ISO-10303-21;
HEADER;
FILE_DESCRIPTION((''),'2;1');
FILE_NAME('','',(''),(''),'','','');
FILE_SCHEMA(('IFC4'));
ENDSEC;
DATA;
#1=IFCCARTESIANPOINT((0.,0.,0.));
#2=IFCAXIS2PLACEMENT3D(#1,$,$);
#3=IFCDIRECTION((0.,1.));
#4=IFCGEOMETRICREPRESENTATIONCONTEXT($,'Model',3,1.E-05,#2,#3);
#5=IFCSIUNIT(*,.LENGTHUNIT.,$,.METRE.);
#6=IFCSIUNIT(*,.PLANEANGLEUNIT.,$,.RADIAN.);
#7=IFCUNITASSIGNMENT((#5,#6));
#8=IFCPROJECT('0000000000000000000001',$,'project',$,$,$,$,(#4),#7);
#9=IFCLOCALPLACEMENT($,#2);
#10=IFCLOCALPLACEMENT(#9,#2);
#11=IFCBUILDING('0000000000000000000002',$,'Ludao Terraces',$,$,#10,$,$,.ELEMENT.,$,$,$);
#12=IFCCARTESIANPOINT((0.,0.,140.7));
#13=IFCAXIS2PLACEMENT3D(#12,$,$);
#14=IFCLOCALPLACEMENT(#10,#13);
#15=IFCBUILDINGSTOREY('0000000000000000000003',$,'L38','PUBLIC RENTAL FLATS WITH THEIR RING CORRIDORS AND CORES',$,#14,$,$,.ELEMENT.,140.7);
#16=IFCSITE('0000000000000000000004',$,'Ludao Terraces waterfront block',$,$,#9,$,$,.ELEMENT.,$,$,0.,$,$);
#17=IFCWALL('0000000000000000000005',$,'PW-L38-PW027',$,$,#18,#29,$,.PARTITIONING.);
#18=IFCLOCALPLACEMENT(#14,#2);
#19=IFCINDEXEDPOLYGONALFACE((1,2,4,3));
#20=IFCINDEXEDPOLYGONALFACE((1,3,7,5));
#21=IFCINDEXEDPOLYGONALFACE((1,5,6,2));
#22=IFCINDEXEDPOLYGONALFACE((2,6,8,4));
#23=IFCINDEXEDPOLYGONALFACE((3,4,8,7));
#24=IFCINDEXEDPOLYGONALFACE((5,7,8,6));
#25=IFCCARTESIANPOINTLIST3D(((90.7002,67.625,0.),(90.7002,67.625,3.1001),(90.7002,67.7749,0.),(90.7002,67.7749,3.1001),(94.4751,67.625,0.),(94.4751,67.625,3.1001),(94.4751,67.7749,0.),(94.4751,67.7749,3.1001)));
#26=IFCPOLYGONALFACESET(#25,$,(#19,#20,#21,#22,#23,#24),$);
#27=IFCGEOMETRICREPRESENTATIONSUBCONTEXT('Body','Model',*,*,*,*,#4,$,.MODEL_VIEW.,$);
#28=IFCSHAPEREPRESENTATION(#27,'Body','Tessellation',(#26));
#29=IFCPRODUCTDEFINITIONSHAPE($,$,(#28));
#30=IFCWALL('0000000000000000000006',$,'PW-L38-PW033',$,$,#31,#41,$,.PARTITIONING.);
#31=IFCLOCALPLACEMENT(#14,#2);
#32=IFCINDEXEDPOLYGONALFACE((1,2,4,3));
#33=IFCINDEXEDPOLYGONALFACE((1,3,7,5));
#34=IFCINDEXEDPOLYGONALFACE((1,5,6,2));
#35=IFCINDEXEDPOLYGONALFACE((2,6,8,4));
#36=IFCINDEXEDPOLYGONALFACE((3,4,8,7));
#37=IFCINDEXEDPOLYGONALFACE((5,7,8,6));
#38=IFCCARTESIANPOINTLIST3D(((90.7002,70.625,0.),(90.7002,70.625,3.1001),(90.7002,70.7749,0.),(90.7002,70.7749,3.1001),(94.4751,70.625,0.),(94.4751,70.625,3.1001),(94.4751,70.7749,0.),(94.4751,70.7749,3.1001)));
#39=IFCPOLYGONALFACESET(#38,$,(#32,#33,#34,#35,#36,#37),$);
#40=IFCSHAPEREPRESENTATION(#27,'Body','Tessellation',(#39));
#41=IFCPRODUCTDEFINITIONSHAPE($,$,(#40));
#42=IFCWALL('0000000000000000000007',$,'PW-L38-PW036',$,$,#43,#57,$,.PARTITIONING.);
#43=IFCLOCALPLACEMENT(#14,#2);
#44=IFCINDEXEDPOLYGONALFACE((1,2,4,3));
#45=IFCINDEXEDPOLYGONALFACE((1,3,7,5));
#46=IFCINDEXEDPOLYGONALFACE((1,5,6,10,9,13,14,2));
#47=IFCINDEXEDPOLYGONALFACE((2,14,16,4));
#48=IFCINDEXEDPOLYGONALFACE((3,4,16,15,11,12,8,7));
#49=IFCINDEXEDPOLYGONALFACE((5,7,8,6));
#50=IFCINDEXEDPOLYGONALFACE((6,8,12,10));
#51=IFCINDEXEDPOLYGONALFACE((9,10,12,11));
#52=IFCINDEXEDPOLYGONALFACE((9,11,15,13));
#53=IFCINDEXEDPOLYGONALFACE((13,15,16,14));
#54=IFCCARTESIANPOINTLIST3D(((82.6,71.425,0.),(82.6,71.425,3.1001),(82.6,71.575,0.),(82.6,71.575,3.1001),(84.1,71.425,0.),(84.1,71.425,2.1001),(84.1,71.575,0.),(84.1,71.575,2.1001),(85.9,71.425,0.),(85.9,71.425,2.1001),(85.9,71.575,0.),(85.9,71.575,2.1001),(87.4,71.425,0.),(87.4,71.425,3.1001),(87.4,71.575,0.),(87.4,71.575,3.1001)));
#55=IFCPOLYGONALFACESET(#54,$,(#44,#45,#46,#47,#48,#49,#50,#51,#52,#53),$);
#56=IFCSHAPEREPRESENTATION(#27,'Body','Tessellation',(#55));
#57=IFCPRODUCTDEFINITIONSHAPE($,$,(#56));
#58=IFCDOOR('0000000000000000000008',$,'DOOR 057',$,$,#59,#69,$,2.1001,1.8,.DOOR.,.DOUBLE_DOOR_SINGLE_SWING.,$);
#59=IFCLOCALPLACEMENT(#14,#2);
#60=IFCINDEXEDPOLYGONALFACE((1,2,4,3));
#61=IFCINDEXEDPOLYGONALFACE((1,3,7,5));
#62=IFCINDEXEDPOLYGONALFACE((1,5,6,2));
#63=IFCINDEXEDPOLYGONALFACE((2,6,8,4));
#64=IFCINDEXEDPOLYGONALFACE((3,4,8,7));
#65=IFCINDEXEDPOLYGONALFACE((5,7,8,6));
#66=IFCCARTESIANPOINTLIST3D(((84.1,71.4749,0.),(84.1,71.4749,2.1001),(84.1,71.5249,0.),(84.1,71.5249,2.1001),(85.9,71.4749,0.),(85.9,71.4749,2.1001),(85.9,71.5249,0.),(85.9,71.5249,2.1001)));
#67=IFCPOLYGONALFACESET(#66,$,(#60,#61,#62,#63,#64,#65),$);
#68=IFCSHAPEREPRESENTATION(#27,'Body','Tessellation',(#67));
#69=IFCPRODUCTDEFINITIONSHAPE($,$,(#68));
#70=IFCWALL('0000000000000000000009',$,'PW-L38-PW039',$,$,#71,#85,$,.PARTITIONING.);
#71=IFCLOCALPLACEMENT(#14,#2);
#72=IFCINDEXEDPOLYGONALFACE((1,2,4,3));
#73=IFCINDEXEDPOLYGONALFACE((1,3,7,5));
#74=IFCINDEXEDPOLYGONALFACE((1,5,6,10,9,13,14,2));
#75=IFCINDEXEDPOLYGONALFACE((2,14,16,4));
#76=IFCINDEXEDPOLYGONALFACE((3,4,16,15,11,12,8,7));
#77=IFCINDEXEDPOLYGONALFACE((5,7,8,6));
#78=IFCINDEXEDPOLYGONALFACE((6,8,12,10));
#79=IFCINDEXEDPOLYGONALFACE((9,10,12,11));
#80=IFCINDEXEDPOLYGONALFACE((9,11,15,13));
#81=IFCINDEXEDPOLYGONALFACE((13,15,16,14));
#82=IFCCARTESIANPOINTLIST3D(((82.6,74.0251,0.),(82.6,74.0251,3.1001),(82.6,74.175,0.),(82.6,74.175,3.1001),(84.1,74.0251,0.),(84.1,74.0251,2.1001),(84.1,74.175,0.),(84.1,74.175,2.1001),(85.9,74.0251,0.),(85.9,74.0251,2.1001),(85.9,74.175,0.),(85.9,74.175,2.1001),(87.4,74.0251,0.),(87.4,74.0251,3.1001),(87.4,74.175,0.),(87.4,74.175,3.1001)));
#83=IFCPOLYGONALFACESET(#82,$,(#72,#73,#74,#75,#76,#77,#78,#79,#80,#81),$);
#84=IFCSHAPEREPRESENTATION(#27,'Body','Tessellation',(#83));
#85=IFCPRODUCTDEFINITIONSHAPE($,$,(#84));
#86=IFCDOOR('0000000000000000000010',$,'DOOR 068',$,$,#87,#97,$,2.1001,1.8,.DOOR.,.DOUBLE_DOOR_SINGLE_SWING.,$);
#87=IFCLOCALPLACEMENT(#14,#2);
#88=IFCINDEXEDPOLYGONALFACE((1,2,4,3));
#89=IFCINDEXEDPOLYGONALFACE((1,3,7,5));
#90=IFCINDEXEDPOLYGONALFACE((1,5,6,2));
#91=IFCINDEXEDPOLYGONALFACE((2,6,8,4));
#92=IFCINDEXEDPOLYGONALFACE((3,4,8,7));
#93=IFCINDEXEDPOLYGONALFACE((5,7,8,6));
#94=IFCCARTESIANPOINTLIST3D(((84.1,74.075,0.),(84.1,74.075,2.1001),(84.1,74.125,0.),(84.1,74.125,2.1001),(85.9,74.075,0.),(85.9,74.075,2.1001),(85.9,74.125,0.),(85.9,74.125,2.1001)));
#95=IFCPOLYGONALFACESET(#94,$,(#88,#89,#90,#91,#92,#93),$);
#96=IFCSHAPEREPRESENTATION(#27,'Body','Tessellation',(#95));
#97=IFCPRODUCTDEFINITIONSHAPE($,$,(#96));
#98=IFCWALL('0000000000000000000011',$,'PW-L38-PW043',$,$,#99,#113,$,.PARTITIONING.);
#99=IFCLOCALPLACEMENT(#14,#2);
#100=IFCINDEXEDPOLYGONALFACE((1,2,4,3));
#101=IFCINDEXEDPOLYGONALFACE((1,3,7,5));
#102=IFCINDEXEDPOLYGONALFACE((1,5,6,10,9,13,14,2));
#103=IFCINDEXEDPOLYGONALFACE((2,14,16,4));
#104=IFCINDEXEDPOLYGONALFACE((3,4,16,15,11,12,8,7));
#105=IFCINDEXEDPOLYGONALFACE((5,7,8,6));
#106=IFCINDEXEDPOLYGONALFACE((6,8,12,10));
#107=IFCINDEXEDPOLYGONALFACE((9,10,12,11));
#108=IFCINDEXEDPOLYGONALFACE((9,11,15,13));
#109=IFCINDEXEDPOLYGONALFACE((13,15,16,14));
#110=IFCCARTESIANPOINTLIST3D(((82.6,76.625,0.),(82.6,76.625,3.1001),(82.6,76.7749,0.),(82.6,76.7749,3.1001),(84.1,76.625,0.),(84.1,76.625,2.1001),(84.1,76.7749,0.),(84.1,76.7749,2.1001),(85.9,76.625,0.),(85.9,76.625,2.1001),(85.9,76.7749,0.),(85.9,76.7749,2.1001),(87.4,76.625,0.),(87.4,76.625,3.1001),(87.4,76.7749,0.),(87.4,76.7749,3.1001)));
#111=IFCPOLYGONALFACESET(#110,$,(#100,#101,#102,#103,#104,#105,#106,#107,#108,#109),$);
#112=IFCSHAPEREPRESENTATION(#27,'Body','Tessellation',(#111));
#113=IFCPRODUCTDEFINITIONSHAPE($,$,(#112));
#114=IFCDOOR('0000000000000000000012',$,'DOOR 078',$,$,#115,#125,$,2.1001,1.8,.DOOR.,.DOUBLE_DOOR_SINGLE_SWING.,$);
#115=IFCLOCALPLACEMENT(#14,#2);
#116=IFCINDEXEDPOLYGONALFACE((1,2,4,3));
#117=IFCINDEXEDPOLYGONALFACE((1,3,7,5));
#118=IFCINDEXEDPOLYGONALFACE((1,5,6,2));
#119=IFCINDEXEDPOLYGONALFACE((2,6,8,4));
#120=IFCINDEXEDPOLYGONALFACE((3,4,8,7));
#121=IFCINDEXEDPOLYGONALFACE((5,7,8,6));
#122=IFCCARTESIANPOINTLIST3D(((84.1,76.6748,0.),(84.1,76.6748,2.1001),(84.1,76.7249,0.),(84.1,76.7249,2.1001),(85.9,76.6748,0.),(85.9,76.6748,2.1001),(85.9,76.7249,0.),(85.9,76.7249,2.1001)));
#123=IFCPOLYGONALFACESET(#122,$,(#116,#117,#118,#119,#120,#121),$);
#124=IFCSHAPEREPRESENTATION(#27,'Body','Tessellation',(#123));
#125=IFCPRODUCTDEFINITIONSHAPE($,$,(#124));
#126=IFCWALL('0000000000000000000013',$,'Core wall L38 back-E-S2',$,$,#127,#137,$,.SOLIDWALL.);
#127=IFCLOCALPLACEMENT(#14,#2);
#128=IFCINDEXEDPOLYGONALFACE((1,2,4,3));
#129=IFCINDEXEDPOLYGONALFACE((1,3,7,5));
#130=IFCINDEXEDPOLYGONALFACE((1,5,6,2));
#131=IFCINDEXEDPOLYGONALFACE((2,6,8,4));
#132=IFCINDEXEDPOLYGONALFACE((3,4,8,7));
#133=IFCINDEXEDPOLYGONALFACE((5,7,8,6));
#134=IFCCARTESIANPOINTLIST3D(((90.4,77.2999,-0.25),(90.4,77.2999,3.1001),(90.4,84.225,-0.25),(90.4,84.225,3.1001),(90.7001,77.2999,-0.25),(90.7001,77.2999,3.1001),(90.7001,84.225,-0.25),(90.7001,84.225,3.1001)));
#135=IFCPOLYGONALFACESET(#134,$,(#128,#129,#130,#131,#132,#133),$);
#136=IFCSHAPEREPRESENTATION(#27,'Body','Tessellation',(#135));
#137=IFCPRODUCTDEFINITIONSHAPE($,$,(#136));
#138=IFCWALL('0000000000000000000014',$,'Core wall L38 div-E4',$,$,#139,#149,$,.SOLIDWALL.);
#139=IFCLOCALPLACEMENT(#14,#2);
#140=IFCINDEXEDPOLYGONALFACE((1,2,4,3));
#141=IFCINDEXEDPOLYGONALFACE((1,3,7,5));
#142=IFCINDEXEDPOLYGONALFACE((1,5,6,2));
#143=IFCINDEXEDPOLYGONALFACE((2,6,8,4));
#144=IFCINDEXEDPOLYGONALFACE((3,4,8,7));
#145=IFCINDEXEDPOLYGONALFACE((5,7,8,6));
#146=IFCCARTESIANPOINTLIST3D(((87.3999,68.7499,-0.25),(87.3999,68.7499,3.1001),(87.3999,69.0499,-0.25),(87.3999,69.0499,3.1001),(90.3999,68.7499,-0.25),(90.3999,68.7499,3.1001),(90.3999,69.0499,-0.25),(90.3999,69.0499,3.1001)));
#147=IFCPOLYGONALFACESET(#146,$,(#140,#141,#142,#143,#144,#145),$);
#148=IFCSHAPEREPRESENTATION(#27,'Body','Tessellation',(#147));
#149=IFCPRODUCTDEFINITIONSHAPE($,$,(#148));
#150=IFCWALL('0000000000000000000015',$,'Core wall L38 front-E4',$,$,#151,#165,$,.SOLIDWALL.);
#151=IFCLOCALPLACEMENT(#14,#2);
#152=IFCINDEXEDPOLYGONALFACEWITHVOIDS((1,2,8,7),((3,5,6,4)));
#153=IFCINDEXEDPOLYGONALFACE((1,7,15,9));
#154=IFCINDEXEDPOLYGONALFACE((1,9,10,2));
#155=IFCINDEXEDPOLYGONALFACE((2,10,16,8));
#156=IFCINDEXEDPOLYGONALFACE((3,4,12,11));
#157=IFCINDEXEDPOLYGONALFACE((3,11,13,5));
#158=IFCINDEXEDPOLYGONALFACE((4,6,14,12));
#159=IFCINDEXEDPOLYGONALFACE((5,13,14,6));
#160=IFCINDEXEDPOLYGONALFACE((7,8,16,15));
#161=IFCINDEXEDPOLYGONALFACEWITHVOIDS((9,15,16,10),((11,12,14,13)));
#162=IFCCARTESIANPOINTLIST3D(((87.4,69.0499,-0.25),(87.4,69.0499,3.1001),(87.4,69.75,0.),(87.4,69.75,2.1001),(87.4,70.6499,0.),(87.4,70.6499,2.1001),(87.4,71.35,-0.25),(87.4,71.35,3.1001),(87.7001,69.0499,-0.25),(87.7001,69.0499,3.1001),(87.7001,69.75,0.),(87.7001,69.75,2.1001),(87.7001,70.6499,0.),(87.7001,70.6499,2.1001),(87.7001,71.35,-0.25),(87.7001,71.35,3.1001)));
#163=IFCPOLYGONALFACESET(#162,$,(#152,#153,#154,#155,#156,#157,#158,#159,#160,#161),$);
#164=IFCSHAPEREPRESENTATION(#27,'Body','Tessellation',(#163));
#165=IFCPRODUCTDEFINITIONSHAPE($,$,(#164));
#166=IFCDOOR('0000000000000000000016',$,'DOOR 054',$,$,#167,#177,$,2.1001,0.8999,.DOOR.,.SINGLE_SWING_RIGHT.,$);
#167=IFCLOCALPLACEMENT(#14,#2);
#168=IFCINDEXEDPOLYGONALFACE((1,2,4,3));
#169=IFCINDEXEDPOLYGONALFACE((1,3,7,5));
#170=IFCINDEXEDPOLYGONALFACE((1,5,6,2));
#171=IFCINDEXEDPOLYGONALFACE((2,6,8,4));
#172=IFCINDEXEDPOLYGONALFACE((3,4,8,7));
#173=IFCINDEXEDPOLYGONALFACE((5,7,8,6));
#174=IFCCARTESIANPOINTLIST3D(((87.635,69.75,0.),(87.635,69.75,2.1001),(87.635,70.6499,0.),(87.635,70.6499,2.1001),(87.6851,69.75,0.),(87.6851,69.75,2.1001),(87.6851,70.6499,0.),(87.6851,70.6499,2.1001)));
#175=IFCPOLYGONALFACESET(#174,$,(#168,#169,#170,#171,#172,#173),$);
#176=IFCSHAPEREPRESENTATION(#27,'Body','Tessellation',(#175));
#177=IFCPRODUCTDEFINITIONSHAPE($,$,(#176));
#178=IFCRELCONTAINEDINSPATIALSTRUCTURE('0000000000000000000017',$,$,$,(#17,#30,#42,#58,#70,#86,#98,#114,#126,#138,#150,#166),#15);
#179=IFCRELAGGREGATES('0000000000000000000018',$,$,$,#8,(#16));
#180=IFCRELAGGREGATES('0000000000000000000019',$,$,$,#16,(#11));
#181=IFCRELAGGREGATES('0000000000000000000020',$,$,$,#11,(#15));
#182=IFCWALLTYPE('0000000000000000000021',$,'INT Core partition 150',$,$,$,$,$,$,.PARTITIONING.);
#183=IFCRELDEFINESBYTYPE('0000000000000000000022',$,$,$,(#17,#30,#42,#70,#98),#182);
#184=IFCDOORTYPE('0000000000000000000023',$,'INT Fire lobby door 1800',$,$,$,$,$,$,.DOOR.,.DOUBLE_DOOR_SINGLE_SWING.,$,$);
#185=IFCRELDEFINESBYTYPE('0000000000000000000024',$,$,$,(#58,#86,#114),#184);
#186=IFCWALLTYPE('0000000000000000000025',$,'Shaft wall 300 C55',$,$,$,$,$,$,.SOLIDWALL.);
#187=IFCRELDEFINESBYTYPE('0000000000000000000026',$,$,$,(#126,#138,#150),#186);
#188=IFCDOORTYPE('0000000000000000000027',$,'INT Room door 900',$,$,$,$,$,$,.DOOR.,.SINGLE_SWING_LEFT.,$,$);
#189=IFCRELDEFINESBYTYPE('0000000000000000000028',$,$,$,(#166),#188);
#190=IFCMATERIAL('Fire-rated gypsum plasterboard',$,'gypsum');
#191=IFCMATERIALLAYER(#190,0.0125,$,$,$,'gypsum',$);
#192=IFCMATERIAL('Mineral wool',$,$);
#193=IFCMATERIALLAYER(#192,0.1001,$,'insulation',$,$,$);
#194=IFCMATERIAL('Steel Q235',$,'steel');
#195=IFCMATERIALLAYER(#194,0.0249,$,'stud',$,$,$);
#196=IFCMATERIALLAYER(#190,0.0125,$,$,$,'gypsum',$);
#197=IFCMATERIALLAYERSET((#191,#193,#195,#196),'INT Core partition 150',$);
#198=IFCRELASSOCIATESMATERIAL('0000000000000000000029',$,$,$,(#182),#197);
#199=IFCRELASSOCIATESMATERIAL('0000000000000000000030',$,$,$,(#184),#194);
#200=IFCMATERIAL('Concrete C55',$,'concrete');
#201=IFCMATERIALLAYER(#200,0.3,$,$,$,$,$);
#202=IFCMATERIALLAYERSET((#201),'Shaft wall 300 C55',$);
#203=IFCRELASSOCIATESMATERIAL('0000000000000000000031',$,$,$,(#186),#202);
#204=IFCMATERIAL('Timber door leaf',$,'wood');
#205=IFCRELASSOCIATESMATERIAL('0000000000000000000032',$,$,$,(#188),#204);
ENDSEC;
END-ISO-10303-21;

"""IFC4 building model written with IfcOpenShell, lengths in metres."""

from ifc_helpers import new_model, si_unit, direction, frame, frame_2d, origin, place, context, subcontext, project, spatial, rectangle, extrude, material, layer, layer_set, type_object, element, fill, save


model = new_model("IFC4")

# Units and contexts
model_context = context("Model", 3, precision=1e-05, world=origin(), true_north=direction((0.0, 1.0)))
body_context = subcontext(model_context, "Body", "Model", "MODEL_VIEW")
ifc_project = project(units=[si_unit("LENGTHUNIT", "METRE"), si_unit("PLANEANGLEUNIT", "RADIAN")], contexts=[model_context])

# Site, building, storey
site_placement = place(None, origin())
site = spatial("IfcSite", under=ifc_project, at=site_placement, Name="Ludao Terraces waterfront block", CompositionType="ELEMENT", RefElevation=0.0)
building_placement = place(site_placement, origin())
building = spatial("IfcBuilding", under=site, at=building_placement, Name="Ludao Terraces", CompositionType="ELEMENT")
storey_placement = place(building_placement, frame((0.0, 0.0, 140.7)))
storey = spatial("IfcBuildingStorey", under=building, at=storey_placement, Name="L38", Description="PUBLIC RENTAL FLATS WITH THEIR RING CORRIDORS AND CORES", CompositionType="ELEMENT", Elevation=140.7)

# Walls
ifc_material_1 = material(Name="Fire-rated gypsum plasterboard", Category="gypsum")
ifc_layer_1 = layer(ifc_material_1, 0.0125, Category="gypsum")
ifc_material_2 = material(Name="Mineral wool")
ifc_layer_2 = layer(ifc_material_2, 0.1001, Name="insulation")
ifc_material_3 = material(Name="Steel Q235", Category="steel")
ifc_layer_3 = layer(ifc_material_3, 0.0249, Name="stud")
ifc_layer_4 = layer(ifc_material_1, 0.0125, Category="gypsum")
ifc_layer_set_1 = layer_set([ifc_layer_1, ifc_layer_2, ifc_layer_3, ifc_layer_4], Name="INT Core partition 150")
wall_type_1 = type_object("IfcWallType", Name="INT Core partition 150", PredefinedType="PARTITIONING", material=ifc_layer_set_1)
for number, where, z_axis, x_axis, name in (
    (1, (90.7002, 67.7, 0.0), (0.0, 0.0, 1.0), (1.0, 0.0, 0.0), "PW-L38-PW027"),
    (2, (90.7002, 70.7, 0.0), (0.0, 0.0, 1.0), (1.0, 0.0, 0.0), "PW-L38-PW033"),
):
    element("IfcWall", number, at=place(storey_placement, frame(where, z_axis=z_axis, x_axis=x_axis)), inside=storey, type_object=wall_type_1, Name=name, PredefinedType="PARTITIONING", context=body_context, shape_type="SweptSolid", body=[
        extrude(rectangle(XDim=3.7749, YDim=0.1499, at=frame_2d((1.8875, 0.0))), origin(), (0.0, 0.0, 1.0), 3.1001),
    ])

# Walls, openings, doors
wall_1_placement = place(storey_placement, frame((82.6001, 71.5, 0.0), z_axis=(0.0, 0.0, 1.0), x_axis=(1.0, 0.0, 0.0)))
wall_1 = element("IfcWall", 3, at=wall_1_placement, inside=storey, type_object=wall_type_1, Name="PW-L38-PW036", PredefinedType="PARTITIONING", context=body_context, shape_type="SweptSolid", body=[
    extrude(rectangle(XDim=4.8, YDim=0.1499, at=frame_2d((2.3999, 0.0))), origin(), (0.0, 0.0, 1.0), 3.1001),
])
opening_1_placement = place(wall_1_placement, frame((1.5, 0.0, 0.0)))
opening_1 = element("IfcOpeningElement", 4, at=opening_1_placement, cuts=wall_1, PredefinedType="OPENING", context=body_context, shape_type="SweptSolid", body=[
    extrude(rectangle(XDim=1.8, YDim=2.1001, at=frame_2d((0.8999, 1.05))), frame((0.0, 0.085, 0.0), z_axis=(0.0, -1.0, 0.0), x_axis=(1.0, 0.0, 0.0)), (0.0, 0.0, 1.0), 0.1699),
])
door_type_1 = type_object("IfcDoorType", Name="INT Fire lobby door 1800", OperationType="DOUBLE_DOOR_SINGLE_SWING", PredefinedType="DOOR", material=ifc_material_3)
door_1_placement = place(opening_1_placement, origin())
door_1 = element("IfcDoor", 5, at=door_1_placement, inside=storey, type_object=door_type_1, Name="DOOR 057", OperationType="DOUBLE_DOOR_SINGLE_SWING", OverallHeight=2.1001, OverallWidth=1.8, PredefinedType="DOOR", context=body_context, shape_type="SweptSolid", body=[
    extrude(rectangle(XDim=1.8, YDim=2.1001, at=frame_2d((0.8999, 1.05))), frame((0.0, 0.0249, 0.0), z_axis=(0.0, -1.0, 0.0), x_axis=(1.0, 0.0, 0.0)), (0.0, 0.0, 1.0), 0.05),
])
fill(opening_1, door_1)
wall_2_placement = place(storey_placement, frame((82.6001, 74.1001, 0.0), z_axis=(0.0, 0.0, 1.0), x_axis=(1.0, 0.0, 0.0)))
wall_2 = element("IfcWall", 6, at=wall_2_placement, inside=storey, type_object=wall_type_1, Name="PW-L38-PW039", PredefinedType="PARTITIONING", context=body_context, shape_type="SweptSolid", body=[
    extrude(rectangle(XDim=4.8, YDim=0.1499, at=frame_2d((2.3999, 0.0))), origin(), (0.0, 0.0, 1.0), 3.1001),
])
opening_2_placement = place(wall_2_placement, frame((1.5, 0.0, 0.0)))
opening_2 = element("IfcOpeningElement", 7, at=opening_2_placement, cuts=wall_2, PredefinedType="OPENING", context=body_context, shape_type="SweptSolid", body=[
    extrude(rectangle(XDim=1.8, YDim=2.1001, at=frame_2d((0.8999, 1.05))), frame((0.0, 0.085, 0.0), z_axis=(0.0, -1.0, 0.0), x_axis=(1.0, 0.0, 0.0)), (0.0, 0.0, 1.0), 0.1699),
])
door_2_placement = place(opening_2_placement, origin())
door_2 = element("IfcDoor", 8, at=door_2_placement, inside=storey, type_object=door_type_1, Name="DOOR 068", OperationType="DOUBLE_DOOR_SINGLE_SWING", OverallHeight=2.1001, OverallWidth=1.8, PredefinedType="DOOR", context=body_context, shape_type="SweptSolid", body=[
    extrude(rectangle(XDim=1.8, YDim=2.1001, at=frame_2d((0.8999, 1.05))), frame((0.0, 0.0249, 0.0), z_axis=(0.0, -1.0, 0.0), x_axis=(1.0, 0.0, 0.0)), (0.0, 0.0, 1.0), 0.05),
])
fill(opening_2, door_2)
wall_3_placement = place(storey_placement, frame((82.6001, 76.7, 0.0), z_axis=(0.0, 0.0, 1.0), x_axis=(1.0, 0.0, 0.0)))
wall_3 = element("IfcWall", 9, at=wall_3_placement, inside=storey, type_object=wall_type_1, Name="PW-L38-PW043", PredefinedType="PARTITIONING", context=body_context, shape_type="SweptSolid", body=[
    extrude(rectangle(XDim=4.8, YDim=0.1499, at=frame_2d((2.3999, 0.0))), origin(), (0.0, 0.0, 1.0), 3.1001),
])
opening_3_placement = place(wall_3_placement, frame((1.5, 0.0, 0.0)))
opening_3 = element("IfcOpeningElement", 10, at=opening_3_placement, cuts=wall_3, PredefinedType="OPENING", context=body_context, shape_type="SweptSolid", body=[
    extrude(rectangle(XDim=1.8, YDim=2.1001, at=frame_2d((0.8999, 1.05))), frame((0.0, 0.085, 0.0), z_axis=(0.0, -1.0, 0.0), x_axis=(1.0, 0.0, 0.0)), (0.0, 0.0, 1.0), 0.1699),
])
door_3_placement = place(opening_3_placement, origin())
door_3 = element("IfcDoor", 11, at=door_3_placement, inside=storey, type_object=door_type_1, Name="DOOR 078", OperationType="DOUBLE_DOOR_SINGLE_SWING", OverallHeight=2.1001, OverallWidth=1.8, PredefinedType="DOOR", context=body_context, shape_type="SweptSolid", body=[
    extrude(rectangle(XDim=1.8, YDim=2.1001, at=frame_2d((0.8999, 1.05))), frame((0.0, 0.0249, 0.0), z_axis=(0.0, -1.0, 0.0), x_axis=(1.0, 0.0, 0.0)), (0.0, 0.0, 1.0), 0.05),
])
fill(opening_3, door_3)

# Walls
ifc_material_4 = material(Name="Concrete C55", Category="concrete")
ifc_layer_5 = layer(ifc_material_4, 0.3)
ifc_layer_set_2 = layer_set([ifc_layer_5], Name="Shaft wall 300 C55")
wall_type_2 = type_object("IfcWallType", Name="Shaft wall 300 C55", PredefinedType="SOLIDWALL", material=ifc_layer_set_2)
wall_4_placement = place(storey_placement, frame((90.55, 77.3, -0.25), z_axis=(0.0, 0.0, 1.0), x_axis=(0.0, 1.0, 0.0)))
element("IfcWall", 12, at=wall_4_placement, inside=storey, type_object=wall_type_2, Name="Core wall L38 back-E-S2", PredefinedType="SOLIDWALL", context=body_context, shape_type="SweptSolid", body=[
    extrude(rectangle(XDim=6.925, YDim=0.3, at=frame_2d((3.4624, 0.0))), origin(), (0.0, 0.0, 1.0), 3.3501),
])
wall_5_placement = place(storey_placement, frame((87.3999, 68.8999, -0.25), z_axis=(0.0, 0.0, 1.0), x_axis=(1.0, 0.0, 0.0)))
element("IfcWall", 13, at=wall_5_placement, inside=storey, type_object=wall_type_2, Name="Core wall L38 div-E4", PredefinedType="SOLIDWALL", context=body_context, shape_type="SweptSolid", body=[
    extrude(rectangle(XDim=3.0, YDim=0.3, at=frame_2d((1.5, 0.0))), origin(), (0.0, 0.0, 1.0), 3.3501),
])

# Wall, opening, door
wall_6_placement = place(storey_placement, frame((87.55, 69.05, -0.25), z_axis=(0.0, 0.0, 1.0), x_axis=(0.0, 1.0, 0.0)))
wall_6 = element("IfcWall", 14, at=wall_6_placement, inside=storey, type_object=wall_type_2, Name="Core wall L38 front-E4", PredefinedType="SOLIDWALL", context=body_context, shape_type="SweptSolid", body=[
    extrude(rectangle(XDim=2.3, YDim=0.3, at=frame_2d((1.1499, 0.0))), origin(), (0.0, 0.0, 1.0), 3.3501),
])
opening_4_placement = place(wall_6_placement, frame((0.7, 0.0, 0.25)))
opening_4 = element("IfcOpeningElement", 15, at=opening_4_placement, cuts=wall_6, PredefinedType="OPENING", context=body_context, shape_type="SweptSolid", body=[
    extrude(rectangle(XDim=0.8999, YDim=2.1001, at=frame_2d((0.45, 1.05))), frame((0.0, 0.1602, 0.0), z_axis=(0.0, -1.0, 0.0), x_axis=(1.0, 0.0, 0.0)), (0.0, 0.0, 1.0), 0.3201),
])
ifc_material_5 = material(Name="Timber door leaf", Category="wood")
door_type_2 = type_object("IfcDoorType", Name="INT Room door 900", OperationType="SINGLE_SWING_LEFT", PredefinedType="DOOR", material=ifc_material_5)
door_4_placement = place(opening_4_placement, origin())
door_4 = element("IfcDoor", 16, at=door_4_placement, inside=storey, type_object=door_type_2, Name="DOOR 054", OperationType="SINGLE_SWING_RIGHT", OverallHeight=2.1001, OverallWidth=0.8999, PredefinedType="DOOR", context=body_context, shape_type="SweptSolid", body=[
    extrude(rectangle(XDim=0.8999, YDim=2.1001, at=frame_2d((0.45, 1.05))), frame((0.0, -0.085, 0.0), z_axis=(0.0, -1.0, 0.0), x_axis=(1.0, 0.0, 0.0)), (0.0, 0.0, 1.0), 0.05),
])
fill(opening_4, door_4)

save(model, "model.ifc")
